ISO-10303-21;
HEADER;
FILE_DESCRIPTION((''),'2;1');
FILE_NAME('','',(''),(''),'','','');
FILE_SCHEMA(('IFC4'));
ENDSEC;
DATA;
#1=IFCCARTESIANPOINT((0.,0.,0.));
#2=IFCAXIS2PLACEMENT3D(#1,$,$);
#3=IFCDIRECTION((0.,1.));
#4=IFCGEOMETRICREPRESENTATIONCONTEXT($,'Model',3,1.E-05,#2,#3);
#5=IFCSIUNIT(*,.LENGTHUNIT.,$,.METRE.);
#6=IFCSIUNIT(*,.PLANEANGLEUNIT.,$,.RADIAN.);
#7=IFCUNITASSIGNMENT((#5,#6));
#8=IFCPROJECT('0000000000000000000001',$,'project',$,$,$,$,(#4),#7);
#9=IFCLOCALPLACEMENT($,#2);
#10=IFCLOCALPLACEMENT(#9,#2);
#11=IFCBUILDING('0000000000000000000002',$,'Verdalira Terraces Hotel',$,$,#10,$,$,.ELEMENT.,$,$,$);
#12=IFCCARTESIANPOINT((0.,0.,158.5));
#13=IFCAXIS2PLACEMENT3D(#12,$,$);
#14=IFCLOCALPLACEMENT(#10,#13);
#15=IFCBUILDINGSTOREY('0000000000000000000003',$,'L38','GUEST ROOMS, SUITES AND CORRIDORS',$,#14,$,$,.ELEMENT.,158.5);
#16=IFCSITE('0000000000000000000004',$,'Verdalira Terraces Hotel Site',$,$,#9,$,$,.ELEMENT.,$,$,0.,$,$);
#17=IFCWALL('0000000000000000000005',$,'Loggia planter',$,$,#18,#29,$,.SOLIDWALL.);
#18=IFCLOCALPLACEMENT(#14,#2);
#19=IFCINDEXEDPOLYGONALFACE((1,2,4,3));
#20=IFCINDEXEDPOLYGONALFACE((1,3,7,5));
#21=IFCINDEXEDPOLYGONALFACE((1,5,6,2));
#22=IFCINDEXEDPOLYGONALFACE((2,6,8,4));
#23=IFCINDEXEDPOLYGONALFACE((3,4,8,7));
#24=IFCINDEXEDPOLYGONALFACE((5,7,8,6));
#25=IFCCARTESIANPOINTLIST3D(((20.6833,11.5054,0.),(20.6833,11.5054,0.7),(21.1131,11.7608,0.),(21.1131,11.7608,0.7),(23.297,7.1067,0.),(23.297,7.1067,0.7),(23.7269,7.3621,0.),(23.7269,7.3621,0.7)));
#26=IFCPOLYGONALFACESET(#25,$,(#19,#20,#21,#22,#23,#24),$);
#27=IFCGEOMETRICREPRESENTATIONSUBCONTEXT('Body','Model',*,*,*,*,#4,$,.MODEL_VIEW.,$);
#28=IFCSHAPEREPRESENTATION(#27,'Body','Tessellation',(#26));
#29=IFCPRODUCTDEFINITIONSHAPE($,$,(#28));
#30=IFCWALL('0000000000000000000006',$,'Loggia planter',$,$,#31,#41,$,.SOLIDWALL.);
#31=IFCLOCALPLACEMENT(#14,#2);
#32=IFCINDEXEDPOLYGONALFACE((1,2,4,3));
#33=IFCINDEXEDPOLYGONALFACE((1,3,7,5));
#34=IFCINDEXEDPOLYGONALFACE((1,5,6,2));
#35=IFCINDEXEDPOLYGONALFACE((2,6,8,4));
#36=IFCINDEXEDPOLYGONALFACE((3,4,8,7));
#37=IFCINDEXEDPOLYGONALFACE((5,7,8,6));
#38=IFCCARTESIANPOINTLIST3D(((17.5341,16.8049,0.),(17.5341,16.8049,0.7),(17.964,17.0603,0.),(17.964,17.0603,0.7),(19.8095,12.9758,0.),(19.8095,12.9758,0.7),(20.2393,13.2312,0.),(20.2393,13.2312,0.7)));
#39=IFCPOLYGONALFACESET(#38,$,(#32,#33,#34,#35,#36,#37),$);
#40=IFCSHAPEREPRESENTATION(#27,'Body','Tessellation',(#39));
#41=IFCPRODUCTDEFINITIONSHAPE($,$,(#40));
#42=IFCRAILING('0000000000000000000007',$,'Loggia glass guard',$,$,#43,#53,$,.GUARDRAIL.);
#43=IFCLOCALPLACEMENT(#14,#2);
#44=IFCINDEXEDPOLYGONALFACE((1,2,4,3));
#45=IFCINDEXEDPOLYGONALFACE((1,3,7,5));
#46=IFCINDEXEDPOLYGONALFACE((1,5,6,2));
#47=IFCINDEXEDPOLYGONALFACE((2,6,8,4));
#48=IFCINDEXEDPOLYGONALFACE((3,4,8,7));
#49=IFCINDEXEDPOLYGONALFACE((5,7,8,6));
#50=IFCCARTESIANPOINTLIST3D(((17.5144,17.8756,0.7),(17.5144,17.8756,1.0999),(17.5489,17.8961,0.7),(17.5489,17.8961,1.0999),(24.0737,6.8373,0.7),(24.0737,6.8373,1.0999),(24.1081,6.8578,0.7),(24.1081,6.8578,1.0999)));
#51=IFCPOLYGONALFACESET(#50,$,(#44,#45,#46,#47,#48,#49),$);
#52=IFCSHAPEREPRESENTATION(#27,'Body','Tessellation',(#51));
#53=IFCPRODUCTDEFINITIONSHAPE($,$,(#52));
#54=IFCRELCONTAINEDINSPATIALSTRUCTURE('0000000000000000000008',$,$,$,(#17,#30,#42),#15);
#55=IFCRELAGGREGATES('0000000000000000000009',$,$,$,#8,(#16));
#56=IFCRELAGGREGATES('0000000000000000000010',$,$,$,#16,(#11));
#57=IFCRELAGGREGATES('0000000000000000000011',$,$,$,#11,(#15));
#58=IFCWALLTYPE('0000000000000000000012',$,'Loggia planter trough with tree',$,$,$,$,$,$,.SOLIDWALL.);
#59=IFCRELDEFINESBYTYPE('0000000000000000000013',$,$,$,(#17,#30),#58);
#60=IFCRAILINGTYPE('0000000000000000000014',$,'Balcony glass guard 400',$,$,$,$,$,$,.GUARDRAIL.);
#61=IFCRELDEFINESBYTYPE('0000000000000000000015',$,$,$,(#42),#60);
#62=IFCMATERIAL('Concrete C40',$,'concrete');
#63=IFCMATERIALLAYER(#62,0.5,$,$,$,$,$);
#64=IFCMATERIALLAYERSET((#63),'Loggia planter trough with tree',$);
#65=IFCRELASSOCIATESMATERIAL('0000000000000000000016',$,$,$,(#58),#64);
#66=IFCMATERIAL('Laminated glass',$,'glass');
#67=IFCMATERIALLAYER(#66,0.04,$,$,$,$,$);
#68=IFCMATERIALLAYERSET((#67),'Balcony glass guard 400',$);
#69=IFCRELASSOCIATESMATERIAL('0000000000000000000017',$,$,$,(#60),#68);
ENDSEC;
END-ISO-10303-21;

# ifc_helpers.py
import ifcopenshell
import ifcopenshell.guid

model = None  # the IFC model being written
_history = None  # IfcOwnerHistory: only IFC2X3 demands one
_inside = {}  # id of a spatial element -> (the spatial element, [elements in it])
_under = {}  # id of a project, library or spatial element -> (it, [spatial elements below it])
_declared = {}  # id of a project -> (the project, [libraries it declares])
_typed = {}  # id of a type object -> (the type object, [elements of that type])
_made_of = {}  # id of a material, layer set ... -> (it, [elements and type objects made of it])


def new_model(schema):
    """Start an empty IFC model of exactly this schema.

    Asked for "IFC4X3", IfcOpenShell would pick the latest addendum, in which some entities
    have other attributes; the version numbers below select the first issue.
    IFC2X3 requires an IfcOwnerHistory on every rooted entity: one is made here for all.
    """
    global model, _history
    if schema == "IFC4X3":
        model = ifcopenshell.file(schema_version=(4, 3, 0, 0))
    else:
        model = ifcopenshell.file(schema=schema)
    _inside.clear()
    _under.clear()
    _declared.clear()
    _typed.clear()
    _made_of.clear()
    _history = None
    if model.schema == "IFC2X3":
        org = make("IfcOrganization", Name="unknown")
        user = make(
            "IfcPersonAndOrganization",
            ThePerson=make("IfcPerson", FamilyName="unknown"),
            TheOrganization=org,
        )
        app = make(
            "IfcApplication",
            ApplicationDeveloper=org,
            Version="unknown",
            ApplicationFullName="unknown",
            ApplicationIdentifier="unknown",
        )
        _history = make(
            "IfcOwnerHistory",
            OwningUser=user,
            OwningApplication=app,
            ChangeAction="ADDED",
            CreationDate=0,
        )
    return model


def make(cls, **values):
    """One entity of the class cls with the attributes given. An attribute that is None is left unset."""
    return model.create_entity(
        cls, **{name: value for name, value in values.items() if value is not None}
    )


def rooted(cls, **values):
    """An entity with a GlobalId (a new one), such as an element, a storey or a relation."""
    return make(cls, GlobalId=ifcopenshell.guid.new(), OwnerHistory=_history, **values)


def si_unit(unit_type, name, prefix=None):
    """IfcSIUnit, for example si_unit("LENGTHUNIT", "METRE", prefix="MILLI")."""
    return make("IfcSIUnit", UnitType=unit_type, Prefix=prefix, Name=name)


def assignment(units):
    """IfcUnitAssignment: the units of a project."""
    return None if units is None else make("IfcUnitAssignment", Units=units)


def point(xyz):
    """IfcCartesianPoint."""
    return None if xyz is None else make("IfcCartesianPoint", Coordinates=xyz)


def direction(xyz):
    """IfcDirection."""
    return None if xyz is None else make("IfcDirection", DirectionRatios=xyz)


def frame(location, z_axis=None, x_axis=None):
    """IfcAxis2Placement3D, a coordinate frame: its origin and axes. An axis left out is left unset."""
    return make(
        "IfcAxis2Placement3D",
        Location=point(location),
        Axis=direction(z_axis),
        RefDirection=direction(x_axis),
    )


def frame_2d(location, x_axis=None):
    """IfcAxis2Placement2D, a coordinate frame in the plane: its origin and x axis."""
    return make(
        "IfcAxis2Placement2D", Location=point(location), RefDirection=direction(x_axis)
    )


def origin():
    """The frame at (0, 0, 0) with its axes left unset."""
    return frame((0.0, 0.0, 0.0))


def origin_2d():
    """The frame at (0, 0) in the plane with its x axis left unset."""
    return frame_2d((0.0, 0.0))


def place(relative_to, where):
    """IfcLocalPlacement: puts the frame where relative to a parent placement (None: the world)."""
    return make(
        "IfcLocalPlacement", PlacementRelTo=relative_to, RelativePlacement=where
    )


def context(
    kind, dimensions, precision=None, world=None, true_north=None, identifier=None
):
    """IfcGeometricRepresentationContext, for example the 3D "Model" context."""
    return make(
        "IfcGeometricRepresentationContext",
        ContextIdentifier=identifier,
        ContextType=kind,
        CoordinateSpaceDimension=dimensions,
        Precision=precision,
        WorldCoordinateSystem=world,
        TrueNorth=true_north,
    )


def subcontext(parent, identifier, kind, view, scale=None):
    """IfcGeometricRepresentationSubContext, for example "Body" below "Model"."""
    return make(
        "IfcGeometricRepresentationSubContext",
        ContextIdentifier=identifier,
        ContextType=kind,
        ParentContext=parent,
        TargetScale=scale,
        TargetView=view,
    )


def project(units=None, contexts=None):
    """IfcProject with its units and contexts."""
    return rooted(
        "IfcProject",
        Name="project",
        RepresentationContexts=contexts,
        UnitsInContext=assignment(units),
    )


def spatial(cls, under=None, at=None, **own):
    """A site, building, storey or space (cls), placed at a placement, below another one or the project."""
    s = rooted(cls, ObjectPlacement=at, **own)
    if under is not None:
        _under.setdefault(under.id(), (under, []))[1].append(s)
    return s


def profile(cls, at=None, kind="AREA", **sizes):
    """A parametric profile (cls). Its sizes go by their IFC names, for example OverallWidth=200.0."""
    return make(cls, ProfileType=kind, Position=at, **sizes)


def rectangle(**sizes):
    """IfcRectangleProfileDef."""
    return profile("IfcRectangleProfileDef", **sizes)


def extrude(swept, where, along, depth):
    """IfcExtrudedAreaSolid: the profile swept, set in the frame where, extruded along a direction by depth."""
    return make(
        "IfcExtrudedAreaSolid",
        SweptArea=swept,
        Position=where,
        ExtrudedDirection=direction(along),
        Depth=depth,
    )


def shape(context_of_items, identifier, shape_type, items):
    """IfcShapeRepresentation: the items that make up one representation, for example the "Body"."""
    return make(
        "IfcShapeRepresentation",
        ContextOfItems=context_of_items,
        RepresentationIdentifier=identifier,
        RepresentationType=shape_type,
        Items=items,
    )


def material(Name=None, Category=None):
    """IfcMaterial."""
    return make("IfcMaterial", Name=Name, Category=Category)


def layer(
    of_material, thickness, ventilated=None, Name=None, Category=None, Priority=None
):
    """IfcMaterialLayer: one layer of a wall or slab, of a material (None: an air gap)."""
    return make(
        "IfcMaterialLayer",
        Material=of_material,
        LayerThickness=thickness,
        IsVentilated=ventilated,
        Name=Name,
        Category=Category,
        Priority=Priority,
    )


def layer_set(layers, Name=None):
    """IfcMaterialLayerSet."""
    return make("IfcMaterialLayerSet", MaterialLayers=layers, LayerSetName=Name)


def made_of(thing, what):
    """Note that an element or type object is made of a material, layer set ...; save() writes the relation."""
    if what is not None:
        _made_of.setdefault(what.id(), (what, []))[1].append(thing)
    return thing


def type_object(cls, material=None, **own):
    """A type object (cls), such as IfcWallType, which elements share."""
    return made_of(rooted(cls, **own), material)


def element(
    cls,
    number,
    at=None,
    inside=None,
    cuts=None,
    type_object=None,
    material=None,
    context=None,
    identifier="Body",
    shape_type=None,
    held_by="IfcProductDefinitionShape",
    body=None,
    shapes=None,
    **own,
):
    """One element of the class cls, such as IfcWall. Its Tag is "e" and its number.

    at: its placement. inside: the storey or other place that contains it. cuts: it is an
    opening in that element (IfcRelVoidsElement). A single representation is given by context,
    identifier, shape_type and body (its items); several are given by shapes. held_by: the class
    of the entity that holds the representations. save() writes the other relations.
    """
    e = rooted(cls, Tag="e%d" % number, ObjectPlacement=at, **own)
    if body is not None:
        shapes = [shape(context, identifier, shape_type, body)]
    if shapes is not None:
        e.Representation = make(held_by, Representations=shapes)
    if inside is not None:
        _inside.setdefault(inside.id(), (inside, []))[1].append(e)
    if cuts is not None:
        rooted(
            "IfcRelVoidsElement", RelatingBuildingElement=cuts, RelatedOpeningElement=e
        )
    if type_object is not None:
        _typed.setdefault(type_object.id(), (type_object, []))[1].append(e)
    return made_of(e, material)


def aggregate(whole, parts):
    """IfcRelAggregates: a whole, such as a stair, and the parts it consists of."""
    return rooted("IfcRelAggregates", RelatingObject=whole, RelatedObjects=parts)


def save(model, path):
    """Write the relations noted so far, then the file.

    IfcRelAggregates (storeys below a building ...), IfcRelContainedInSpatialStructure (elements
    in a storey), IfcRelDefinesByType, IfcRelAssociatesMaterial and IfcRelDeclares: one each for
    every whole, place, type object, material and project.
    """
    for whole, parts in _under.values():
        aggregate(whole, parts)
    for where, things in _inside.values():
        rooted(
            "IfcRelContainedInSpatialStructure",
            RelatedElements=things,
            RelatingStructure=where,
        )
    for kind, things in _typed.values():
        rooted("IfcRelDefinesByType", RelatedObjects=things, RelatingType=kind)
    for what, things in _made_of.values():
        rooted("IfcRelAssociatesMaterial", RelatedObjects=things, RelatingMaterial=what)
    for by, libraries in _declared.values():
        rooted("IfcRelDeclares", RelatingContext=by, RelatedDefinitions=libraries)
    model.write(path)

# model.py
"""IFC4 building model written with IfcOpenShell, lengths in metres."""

from ifc_helpers import new_model, si_unit, direction, frame, frame_2d, origin, origin_2d, place, context, subcontext, project, spatial, rectangle, extrude, material, layer, layer_set, type_object, element, save


model = new_model("IFC4")

# Units and contexts
model_context = context("Model", 3, precision=1e-05, world=origin(), true_north=direction((0.0, 1.0)))
body_context = subcontext(model_context, "Body", "Model", "MODEL_VIEW")
ifc_project = project(units=[si_unit("LENGTHUNIT", "METRE"), si_unit("PLANEANGLEUNIT", "RADIAN")], contexts=[model_context])

# Site, building, storey
site_placement = place(None, origin())
site = spatial("IfcSite", under=ifc_project, at=site_placement, Name="Verdalira Terraces Hotel Site", CompositionType="ELEMENT", RefElevation=0.0)
building_placement = place(site_placement, origin())
building = spatial("IfcBuilding", under=site, at=building_placement, Name="Verdalira Terraces Hotel", CompositionType="ELEMENT")
storey_placement = place(building_placement, frame((0.0, 0.0, 158.5)))
storey = spatial("IfcBuildingStorey", under=building, at=storey_placement, Name="L38", Description="GUEST ROOMS, SUITES AND CORRIDORS", CompositionType="ELEMENT", Elevation=158.5)

# Walls
ifc_material_1 = material(Name="Concrete C40", Category="concrete")
ifc_layer_1 = layer(ifc_material_1, 0.5)
ifc_layer_set_1 = layer_set([ifc_layer_1], Name="Loggia planter trough with tree")
wall_type_1 = type_object("IfcWallType", Name="Loggia planter trough with tree", PredefinedType="SOLIDWALL", material=ifc_layer_set_1)
wall_1_placement = place(storey_placement, frame((23.512, 7.2344, 0.0), z_axis=(0.0, 0.0, 1.0), x_axis=(-0.510835, 0.859679, 0.0)))
element("IfcWall", 1, at=wall_1_placement, inside=storey, type_object=wall_type_1, Name="Loggia planter", PredefinedType="SOLIDWALL", context=body_context, shape_type="SweptSolid", body=[
    extrude(rectangle(XDim=5.1167, YDim=0.5, at=frame_2d((2.5583, 0.0))), origin(), (0.0, 0.0, 1.0), 0.7),
])
wall_2_placement = place(storey_placement, frame((20.0244, 13.1035, 0.0), z_axis=(0.0, 0.0, 1.0), x_axis=(-0.510848, 0.859671, 0.0)))
element("IfcWall", 2, at=wall_2_placement, inside=storey, type_object=wall_type_1, Name="Loggia planter", PredefinedType="SOLIDWALL", context=body_context, shape_type="SweptSolid", body=[
    extrude(rectangle(XDim=4.4541, YDim=0.5, at=frame_2d((2.2271, 0.0))), origin(), (0.0, 0.0, 1.0), 0.7),
])

# Railing
ifc_material_2 = material(Name="Laminated glass", Category="glass")
ifc_layer_2 = layer(ifc_material_2, 0.04)
ifc_layer_set_2 = layer_set([ifc_layer_2], Name="Balcony glass guard 400")
railing_type = type_object("IfcRailingType", Name="Balcony glass guard 400", PredefinedType="GUARDRAIL", material=ifc_layer_set_2)
railing_placement = place(storey_placement, frame((20.8113, 12.3667, 0.7), z_axis=(0.0, 0.0, 1.0), x_axis=(-0.510843, 0.859674, 0.0)))
element("IfcRailing", 3, at=railing_placement, inside=storey, type_object=railing_type, Name="Loggia glass guard", PredefinedType="GUARDRAIL", context=body_context, shape_type="SweptSolid", body=[
    extrude(rectangle(XDim=12.8401, YDim=0.04, at=origin_2d()), origin(), (0.0, 0.0, 1.0), 0.3999),
])

save(model, "model.ifc")
